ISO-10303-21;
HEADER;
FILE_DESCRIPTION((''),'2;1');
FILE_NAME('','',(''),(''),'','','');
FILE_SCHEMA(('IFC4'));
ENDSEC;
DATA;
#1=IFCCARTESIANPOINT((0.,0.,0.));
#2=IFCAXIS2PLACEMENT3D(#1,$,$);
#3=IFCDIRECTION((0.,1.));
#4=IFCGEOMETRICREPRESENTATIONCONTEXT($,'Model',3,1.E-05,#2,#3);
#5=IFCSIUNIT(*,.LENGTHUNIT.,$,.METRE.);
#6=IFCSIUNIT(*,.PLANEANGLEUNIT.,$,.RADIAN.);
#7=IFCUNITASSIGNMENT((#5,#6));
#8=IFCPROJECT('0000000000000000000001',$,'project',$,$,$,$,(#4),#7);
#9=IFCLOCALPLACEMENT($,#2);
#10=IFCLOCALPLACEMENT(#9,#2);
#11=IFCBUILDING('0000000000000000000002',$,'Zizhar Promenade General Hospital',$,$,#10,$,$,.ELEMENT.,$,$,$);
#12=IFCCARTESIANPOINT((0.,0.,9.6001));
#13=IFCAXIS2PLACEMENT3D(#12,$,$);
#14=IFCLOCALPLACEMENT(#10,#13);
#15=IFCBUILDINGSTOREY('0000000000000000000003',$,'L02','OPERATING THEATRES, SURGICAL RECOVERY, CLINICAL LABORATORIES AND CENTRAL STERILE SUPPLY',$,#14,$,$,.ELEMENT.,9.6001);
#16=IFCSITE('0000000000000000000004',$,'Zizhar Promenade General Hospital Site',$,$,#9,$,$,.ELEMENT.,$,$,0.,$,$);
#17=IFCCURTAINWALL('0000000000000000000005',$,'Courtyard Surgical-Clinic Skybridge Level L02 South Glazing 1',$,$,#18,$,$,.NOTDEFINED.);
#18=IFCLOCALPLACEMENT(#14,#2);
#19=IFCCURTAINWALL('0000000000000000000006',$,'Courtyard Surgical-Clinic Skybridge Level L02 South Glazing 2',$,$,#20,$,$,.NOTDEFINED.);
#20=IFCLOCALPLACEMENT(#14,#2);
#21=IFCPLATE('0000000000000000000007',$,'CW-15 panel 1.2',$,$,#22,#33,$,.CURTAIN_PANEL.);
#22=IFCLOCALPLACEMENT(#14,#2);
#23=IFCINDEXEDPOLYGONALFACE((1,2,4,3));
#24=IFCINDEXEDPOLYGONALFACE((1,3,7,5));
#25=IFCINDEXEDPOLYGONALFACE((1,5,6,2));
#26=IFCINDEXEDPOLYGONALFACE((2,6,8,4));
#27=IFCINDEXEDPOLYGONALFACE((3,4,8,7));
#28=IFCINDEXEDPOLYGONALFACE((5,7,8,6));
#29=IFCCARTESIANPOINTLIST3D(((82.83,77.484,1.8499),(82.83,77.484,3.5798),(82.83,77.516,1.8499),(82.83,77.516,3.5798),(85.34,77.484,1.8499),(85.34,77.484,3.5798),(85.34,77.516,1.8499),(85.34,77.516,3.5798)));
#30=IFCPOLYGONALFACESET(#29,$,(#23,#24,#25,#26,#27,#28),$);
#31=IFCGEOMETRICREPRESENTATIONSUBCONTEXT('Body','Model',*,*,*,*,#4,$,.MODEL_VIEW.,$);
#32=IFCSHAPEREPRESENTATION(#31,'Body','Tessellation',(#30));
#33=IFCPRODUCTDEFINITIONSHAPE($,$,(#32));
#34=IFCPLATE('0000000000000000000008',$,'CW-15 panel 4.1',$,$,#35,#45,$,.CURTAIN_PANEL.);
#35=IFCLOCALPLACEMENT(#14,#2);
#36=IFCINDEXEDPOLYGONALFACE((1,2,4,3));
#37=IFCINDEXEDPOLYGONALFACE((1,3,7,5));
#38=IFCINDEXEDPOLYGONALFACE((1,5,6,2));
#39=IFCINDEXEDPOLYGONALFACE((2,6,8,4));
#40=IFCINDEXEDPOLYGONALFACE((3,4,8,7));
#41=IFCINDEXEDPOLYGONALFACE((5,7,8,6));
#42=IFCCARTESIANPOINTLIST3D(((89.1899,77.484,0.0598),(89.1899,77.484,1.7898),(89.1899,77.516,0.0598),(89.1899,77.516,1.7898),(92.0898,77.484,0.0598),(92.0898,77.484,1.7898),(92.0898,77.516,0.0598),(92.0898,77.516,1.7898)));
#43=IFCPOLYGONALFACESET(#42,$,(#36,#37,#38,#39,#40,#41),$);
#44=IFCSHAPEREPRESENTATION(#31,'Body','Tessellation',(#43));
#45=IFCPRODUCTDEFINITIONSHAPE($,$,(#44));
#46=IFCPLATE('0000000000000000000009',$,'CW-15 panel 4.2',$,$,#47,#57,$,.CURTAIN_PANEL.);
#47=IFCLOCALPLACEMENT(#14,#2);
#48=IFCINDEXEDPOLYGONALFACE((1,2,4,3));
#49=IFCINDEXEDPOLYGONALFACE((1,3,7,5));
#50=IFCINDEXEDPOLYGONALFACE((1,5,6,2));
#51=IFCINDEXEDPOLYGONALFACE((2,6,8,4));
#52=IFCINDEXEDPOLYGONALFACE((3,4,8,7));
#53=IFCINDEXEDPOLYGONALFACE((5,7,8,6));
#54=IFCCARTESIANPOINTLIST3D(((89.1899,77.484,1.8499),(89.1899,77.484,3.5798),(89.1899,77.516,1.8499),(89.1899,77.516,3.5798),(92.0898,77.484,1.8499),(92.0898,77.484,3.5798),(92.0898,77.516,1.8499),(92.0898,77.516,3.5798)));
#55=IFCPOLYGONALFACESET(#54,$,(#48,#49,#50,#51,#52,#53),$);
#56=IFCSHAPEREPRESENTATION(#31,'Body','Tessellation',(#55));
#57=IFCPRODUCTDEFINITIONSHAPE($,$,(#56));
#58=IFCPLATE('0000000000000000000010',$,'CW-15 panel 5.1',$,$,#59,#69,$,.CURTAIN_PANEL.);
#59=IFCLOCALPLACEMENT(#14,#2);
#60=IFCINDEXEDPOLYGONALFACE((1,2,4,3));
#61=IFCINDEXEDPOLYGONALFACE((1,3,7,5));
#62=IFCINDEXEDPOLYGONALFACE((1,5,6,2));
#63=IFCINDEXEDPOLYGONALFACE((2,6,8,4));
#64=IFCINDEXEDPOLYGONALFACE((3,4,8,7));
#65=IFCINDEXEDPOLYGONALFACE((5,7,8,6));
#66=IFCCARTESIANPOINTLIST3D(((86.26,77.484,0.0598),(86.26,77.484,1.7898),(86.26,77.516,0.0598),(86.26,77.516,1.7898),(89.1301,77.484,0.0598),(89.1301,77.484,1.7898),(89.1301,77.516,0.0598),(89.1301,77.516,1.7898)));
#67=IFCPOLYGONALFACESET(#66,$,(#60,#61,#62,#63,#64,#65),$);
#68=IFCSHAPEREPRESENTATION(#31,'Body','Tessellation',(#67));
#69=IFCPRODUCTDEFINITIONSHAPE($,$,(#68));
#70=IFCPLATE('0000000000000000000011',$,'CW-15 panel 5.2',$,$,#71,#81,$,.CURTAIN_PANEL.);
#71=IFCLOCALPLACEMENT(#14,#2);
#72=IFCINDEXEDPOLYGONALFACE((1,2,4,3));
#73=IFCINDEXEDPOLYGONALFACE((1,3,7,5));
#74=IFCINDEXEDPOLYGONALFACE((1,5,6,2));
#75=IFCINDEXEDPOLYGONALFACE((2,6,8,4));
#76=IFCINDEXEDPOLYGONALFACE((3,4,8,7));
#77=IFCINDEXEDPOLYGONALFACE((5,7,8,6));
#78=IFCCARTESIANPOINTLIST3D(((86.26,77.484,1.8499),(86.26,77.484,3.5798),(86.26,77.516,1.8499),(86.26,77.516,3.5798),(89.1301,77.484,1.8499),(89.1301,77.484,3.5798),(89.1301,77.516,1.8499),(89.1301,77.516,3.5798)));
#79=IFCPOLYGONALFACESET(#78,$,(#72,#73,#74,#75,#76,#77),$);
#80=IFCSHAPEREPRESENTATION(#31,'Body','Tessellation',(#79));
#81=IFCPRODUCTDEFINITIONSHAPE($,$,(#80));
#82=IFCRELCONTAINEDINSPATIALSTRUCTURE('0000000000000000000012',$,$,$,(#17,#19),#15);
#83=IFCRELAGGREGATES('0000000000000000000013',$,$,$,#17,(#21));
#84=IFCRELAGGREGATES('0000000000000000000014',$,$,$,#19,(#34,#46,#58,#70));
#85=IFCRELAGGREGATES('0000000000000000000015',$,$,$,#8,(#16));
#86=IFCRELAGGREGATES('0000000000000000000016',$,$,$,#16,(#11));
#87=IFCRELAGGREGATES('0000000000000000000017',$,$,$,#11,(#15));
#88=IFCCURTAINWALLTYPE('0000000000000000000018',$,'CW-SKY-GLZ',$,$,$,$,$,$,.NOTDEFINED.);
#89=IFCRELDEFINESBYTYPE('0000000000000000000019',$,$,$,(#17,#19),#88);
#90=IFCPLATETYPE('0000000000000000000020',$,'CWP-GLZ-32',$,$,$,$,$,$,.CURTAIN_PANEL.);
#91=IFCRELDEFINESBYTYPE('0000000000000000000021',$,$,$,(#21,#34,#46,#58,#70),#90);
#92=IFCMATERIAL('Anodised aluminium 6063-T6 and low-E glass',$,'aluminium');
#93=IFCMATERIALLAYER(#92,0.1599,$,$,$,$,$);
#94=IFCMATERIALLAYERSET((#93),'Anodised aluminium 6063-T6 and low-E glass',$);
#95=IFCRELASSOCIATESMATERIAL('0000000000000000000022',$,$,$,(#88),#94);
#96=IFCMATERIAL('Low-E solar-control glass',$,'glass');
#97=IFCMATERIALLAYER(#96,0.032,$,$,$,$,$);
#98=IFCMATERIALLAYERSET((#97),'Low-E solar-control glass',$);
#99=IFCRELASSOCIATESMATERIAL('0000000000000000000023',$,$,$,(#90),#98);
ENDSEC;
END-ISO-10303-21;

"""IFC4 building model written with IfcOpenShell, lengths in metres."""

from ifc_helpers import new_model, si_unit, direction, frame, origin, origin_2d, place, context, subcontext, project, spatial, rectangle, extrude, material, layer, layer_set, type_object, element, aggregate, save


model = new_model("IFC4")

# Units and contexts
model_context = context("Model", 3, precision=1e-05, world=origin(), true_north=direction((0.0, 1.0)))
body_context = subcontext(model_context, "Body", "Model", "MODEL_VIEW")
ifc_project = project(units=[si_unit("LENGTHUNIT", "METRE"), si_unit("PLANEANGLEUNIT", "RADIAN")], contexts=[model_context])

# Site, building, storey
site_placement = place(None, origin())
site = spatial("IfcSite", under=ifc_project, at=site_placement, Name="Zizhar Promenade General Hospital Site", CompositionType="ELEMENT", RefElevation=0.0)
building_placement = place(site_placement, origin())
building = spatial("IfcBuilding", under=site, at=building_placement, Name="Zizhar Promenade General Hospital", CompositionType="ELEMENT")
storey_placement = place(building_placement, frame((0.0, 0.0, 9.6001)))
storey = spatial("IfcBuildingStorey", under=building, at=storey_placement, Name="L02", Description="OPERATING THEATRES, SURGICAL RECOVERY, CLINICAL LABORATORIES AND CENTRAL STERILE SUPPLY", CompositionType="ELEMENT", Elevation=9.6001)

# Curtain walls
ifc_material_1 = material(Name="Anodised aluminium 6063-T6 and low-E glass", Category="aluminium")
ifc_layer_1 = layer(ifc_material_1, 0.1599)
ifc_layer_set_1 = layer_set([ifc_layer_1], Name="Anodised aluminium 6063-T6 and low-E glass")
curtain_wall_type = type_object("IfcCurtainWallType", Name="CW-SKY-GLZ", PredefinedType="NOTDEFINED", material=ifc_layer_set_1)
curtain_wall_1_placement = place(storey_placement, origin())
curtain_wall_1 = element("IfcCurtainWall", 1, at=curtain_wall_1_placement, inside=storey, type_object=curtain_wall_type, Name="Courtyard Surgical-Clinic Skybridge Level L02 South Glazing 1", PredefinedType="NOTDEFINED")
curtain_wall_2_placement = place(storey_placement, origin())
curtain_wall_2 = element("IfcCurtainWall", 2, at=curtain_wall_2_placement, inside=storey, type_object=curtain_wall_type, Name="Courtyard Surgical-Clinic Skybridge Level L02 South Glazing 2", PredefinedType="NOTDEFINED")

# Plates
ifc_material_2 = material(Name="Low-E solar-control glass", Category="glass")
ifc_layer_2 = layer(ifc_material_2, 0.032)
ifc_layer_set_2 = layer_set([ifc_layer_2], Name="Low-E solar-control glass")
plate_type = type_object("IfcPlateType", Name="CWP-GLZ-32", PredefinedType="CURTAIN_PANEL", material=ifc_layer_set_2)
plate_1_placement = place(storey_placement, frame((84.085, 77.5, 1.8499), z_axis=(0.0, 0.0, 1.0), x_axis=(-1.0, 0.0, 0.0)))
plate_1 = element("IfcPlate", 3, at=plate_1_placement, type_object=plate_type, Name="CW-15 panel 1.2", PredefinedType="CURTAIN_PANEL", context=body_context, shape_type="SweptSolid", body=[
    extrude(rectangle(XDim=2.51, YDim=0.032, at=origin_2d()), origin(), (0.0, 0.0, 1.0), 1.73),
])
aggregate(curtain_wall_1, [plate_1])
plate_2_placement = place(storey_placement, frame((90.6399, 77.5, 0.0598), z_axis=(0.0, 0.0, 1.0), x_axis=(-1.0, 0.0, 0.0)))
plate_2 = element("IfcPlate", 4, at=plate_2_placement, type_object=plate_type, Name="CW-15 panel 4.1", PredefinedType="CURTAIN_PANEL", context=body_context, shape_type="SweptSolid", body=[
    extrude(rectangle(XDim=2.8999, YDim=0.032, at=origin_2d()), origin(), (0.0, 0.0, 1.0), 1.73),
])
plate_3_placement = place(storey_placement, frame((90.6399, 77.5, 1.8499), z_axis=(0.0, 0.0, 1.0), x_axis=(-1.0, 0.0, 0.0)))
plate_3 = element("IfcPlate", 5, at=plate_3_placement, type_object=plate_type, Name="CW-15 panel 4.2", PredefinedType="CURTAIN_PANEL", context=body_context, shape_type="SweptSolid", body=[
    extrude(rectangle(XDim=2.8999, YDim=0.032, at=origin_2d()), origin(), (0.0, 0.0, 1.0), 1.73),
])
plate_4_placement = place(storey_placement, frame((87.6951, 77.5, 0.0598), z_axis=(0.0, 0.0, 1.0), x_axis=(-1.0, 0.0, 0.0)))
plate_4 = element("IfcPlate", 6, at=plate_4_placement, type_object=plate_type, Name="CW-15 panel 5.1", PredefinedType="CURTAIN_PANEL", context=body_context, shape_type="SweptSolid", body=[
    extrude(rectangle(XDim=2.8701, YDim=0.032, at=origin_2d()), origin(), (0.0, 0.0, 1.0), 1.73),
])
plate_5_placement = place(storey_placement, frame((87.6951, 77.5, 1.8499), z_axis=(0.0, 0.0, 1.0), x_axis=(-1.0, 0.0, 0.0)))
plate_5 = element("IfcPlate", 7, at=plate_5_placement, type_object=plate_type, Name="CW-15 panel 5.2", PredefinedType="CURTAIN_PANEL", context=body_context, shape_type="SweptSolid", body=[
    extrude(rectangle(XDim=2.8701, YDim=0.032, at=origin_2d()), origin(), (0.0, 0.0, 1.0), 1.73),
])
aggregate(curtain_wall_2, [plate_2, plate_3, plate_4, plate_5])

save(model, "model.ifc")
